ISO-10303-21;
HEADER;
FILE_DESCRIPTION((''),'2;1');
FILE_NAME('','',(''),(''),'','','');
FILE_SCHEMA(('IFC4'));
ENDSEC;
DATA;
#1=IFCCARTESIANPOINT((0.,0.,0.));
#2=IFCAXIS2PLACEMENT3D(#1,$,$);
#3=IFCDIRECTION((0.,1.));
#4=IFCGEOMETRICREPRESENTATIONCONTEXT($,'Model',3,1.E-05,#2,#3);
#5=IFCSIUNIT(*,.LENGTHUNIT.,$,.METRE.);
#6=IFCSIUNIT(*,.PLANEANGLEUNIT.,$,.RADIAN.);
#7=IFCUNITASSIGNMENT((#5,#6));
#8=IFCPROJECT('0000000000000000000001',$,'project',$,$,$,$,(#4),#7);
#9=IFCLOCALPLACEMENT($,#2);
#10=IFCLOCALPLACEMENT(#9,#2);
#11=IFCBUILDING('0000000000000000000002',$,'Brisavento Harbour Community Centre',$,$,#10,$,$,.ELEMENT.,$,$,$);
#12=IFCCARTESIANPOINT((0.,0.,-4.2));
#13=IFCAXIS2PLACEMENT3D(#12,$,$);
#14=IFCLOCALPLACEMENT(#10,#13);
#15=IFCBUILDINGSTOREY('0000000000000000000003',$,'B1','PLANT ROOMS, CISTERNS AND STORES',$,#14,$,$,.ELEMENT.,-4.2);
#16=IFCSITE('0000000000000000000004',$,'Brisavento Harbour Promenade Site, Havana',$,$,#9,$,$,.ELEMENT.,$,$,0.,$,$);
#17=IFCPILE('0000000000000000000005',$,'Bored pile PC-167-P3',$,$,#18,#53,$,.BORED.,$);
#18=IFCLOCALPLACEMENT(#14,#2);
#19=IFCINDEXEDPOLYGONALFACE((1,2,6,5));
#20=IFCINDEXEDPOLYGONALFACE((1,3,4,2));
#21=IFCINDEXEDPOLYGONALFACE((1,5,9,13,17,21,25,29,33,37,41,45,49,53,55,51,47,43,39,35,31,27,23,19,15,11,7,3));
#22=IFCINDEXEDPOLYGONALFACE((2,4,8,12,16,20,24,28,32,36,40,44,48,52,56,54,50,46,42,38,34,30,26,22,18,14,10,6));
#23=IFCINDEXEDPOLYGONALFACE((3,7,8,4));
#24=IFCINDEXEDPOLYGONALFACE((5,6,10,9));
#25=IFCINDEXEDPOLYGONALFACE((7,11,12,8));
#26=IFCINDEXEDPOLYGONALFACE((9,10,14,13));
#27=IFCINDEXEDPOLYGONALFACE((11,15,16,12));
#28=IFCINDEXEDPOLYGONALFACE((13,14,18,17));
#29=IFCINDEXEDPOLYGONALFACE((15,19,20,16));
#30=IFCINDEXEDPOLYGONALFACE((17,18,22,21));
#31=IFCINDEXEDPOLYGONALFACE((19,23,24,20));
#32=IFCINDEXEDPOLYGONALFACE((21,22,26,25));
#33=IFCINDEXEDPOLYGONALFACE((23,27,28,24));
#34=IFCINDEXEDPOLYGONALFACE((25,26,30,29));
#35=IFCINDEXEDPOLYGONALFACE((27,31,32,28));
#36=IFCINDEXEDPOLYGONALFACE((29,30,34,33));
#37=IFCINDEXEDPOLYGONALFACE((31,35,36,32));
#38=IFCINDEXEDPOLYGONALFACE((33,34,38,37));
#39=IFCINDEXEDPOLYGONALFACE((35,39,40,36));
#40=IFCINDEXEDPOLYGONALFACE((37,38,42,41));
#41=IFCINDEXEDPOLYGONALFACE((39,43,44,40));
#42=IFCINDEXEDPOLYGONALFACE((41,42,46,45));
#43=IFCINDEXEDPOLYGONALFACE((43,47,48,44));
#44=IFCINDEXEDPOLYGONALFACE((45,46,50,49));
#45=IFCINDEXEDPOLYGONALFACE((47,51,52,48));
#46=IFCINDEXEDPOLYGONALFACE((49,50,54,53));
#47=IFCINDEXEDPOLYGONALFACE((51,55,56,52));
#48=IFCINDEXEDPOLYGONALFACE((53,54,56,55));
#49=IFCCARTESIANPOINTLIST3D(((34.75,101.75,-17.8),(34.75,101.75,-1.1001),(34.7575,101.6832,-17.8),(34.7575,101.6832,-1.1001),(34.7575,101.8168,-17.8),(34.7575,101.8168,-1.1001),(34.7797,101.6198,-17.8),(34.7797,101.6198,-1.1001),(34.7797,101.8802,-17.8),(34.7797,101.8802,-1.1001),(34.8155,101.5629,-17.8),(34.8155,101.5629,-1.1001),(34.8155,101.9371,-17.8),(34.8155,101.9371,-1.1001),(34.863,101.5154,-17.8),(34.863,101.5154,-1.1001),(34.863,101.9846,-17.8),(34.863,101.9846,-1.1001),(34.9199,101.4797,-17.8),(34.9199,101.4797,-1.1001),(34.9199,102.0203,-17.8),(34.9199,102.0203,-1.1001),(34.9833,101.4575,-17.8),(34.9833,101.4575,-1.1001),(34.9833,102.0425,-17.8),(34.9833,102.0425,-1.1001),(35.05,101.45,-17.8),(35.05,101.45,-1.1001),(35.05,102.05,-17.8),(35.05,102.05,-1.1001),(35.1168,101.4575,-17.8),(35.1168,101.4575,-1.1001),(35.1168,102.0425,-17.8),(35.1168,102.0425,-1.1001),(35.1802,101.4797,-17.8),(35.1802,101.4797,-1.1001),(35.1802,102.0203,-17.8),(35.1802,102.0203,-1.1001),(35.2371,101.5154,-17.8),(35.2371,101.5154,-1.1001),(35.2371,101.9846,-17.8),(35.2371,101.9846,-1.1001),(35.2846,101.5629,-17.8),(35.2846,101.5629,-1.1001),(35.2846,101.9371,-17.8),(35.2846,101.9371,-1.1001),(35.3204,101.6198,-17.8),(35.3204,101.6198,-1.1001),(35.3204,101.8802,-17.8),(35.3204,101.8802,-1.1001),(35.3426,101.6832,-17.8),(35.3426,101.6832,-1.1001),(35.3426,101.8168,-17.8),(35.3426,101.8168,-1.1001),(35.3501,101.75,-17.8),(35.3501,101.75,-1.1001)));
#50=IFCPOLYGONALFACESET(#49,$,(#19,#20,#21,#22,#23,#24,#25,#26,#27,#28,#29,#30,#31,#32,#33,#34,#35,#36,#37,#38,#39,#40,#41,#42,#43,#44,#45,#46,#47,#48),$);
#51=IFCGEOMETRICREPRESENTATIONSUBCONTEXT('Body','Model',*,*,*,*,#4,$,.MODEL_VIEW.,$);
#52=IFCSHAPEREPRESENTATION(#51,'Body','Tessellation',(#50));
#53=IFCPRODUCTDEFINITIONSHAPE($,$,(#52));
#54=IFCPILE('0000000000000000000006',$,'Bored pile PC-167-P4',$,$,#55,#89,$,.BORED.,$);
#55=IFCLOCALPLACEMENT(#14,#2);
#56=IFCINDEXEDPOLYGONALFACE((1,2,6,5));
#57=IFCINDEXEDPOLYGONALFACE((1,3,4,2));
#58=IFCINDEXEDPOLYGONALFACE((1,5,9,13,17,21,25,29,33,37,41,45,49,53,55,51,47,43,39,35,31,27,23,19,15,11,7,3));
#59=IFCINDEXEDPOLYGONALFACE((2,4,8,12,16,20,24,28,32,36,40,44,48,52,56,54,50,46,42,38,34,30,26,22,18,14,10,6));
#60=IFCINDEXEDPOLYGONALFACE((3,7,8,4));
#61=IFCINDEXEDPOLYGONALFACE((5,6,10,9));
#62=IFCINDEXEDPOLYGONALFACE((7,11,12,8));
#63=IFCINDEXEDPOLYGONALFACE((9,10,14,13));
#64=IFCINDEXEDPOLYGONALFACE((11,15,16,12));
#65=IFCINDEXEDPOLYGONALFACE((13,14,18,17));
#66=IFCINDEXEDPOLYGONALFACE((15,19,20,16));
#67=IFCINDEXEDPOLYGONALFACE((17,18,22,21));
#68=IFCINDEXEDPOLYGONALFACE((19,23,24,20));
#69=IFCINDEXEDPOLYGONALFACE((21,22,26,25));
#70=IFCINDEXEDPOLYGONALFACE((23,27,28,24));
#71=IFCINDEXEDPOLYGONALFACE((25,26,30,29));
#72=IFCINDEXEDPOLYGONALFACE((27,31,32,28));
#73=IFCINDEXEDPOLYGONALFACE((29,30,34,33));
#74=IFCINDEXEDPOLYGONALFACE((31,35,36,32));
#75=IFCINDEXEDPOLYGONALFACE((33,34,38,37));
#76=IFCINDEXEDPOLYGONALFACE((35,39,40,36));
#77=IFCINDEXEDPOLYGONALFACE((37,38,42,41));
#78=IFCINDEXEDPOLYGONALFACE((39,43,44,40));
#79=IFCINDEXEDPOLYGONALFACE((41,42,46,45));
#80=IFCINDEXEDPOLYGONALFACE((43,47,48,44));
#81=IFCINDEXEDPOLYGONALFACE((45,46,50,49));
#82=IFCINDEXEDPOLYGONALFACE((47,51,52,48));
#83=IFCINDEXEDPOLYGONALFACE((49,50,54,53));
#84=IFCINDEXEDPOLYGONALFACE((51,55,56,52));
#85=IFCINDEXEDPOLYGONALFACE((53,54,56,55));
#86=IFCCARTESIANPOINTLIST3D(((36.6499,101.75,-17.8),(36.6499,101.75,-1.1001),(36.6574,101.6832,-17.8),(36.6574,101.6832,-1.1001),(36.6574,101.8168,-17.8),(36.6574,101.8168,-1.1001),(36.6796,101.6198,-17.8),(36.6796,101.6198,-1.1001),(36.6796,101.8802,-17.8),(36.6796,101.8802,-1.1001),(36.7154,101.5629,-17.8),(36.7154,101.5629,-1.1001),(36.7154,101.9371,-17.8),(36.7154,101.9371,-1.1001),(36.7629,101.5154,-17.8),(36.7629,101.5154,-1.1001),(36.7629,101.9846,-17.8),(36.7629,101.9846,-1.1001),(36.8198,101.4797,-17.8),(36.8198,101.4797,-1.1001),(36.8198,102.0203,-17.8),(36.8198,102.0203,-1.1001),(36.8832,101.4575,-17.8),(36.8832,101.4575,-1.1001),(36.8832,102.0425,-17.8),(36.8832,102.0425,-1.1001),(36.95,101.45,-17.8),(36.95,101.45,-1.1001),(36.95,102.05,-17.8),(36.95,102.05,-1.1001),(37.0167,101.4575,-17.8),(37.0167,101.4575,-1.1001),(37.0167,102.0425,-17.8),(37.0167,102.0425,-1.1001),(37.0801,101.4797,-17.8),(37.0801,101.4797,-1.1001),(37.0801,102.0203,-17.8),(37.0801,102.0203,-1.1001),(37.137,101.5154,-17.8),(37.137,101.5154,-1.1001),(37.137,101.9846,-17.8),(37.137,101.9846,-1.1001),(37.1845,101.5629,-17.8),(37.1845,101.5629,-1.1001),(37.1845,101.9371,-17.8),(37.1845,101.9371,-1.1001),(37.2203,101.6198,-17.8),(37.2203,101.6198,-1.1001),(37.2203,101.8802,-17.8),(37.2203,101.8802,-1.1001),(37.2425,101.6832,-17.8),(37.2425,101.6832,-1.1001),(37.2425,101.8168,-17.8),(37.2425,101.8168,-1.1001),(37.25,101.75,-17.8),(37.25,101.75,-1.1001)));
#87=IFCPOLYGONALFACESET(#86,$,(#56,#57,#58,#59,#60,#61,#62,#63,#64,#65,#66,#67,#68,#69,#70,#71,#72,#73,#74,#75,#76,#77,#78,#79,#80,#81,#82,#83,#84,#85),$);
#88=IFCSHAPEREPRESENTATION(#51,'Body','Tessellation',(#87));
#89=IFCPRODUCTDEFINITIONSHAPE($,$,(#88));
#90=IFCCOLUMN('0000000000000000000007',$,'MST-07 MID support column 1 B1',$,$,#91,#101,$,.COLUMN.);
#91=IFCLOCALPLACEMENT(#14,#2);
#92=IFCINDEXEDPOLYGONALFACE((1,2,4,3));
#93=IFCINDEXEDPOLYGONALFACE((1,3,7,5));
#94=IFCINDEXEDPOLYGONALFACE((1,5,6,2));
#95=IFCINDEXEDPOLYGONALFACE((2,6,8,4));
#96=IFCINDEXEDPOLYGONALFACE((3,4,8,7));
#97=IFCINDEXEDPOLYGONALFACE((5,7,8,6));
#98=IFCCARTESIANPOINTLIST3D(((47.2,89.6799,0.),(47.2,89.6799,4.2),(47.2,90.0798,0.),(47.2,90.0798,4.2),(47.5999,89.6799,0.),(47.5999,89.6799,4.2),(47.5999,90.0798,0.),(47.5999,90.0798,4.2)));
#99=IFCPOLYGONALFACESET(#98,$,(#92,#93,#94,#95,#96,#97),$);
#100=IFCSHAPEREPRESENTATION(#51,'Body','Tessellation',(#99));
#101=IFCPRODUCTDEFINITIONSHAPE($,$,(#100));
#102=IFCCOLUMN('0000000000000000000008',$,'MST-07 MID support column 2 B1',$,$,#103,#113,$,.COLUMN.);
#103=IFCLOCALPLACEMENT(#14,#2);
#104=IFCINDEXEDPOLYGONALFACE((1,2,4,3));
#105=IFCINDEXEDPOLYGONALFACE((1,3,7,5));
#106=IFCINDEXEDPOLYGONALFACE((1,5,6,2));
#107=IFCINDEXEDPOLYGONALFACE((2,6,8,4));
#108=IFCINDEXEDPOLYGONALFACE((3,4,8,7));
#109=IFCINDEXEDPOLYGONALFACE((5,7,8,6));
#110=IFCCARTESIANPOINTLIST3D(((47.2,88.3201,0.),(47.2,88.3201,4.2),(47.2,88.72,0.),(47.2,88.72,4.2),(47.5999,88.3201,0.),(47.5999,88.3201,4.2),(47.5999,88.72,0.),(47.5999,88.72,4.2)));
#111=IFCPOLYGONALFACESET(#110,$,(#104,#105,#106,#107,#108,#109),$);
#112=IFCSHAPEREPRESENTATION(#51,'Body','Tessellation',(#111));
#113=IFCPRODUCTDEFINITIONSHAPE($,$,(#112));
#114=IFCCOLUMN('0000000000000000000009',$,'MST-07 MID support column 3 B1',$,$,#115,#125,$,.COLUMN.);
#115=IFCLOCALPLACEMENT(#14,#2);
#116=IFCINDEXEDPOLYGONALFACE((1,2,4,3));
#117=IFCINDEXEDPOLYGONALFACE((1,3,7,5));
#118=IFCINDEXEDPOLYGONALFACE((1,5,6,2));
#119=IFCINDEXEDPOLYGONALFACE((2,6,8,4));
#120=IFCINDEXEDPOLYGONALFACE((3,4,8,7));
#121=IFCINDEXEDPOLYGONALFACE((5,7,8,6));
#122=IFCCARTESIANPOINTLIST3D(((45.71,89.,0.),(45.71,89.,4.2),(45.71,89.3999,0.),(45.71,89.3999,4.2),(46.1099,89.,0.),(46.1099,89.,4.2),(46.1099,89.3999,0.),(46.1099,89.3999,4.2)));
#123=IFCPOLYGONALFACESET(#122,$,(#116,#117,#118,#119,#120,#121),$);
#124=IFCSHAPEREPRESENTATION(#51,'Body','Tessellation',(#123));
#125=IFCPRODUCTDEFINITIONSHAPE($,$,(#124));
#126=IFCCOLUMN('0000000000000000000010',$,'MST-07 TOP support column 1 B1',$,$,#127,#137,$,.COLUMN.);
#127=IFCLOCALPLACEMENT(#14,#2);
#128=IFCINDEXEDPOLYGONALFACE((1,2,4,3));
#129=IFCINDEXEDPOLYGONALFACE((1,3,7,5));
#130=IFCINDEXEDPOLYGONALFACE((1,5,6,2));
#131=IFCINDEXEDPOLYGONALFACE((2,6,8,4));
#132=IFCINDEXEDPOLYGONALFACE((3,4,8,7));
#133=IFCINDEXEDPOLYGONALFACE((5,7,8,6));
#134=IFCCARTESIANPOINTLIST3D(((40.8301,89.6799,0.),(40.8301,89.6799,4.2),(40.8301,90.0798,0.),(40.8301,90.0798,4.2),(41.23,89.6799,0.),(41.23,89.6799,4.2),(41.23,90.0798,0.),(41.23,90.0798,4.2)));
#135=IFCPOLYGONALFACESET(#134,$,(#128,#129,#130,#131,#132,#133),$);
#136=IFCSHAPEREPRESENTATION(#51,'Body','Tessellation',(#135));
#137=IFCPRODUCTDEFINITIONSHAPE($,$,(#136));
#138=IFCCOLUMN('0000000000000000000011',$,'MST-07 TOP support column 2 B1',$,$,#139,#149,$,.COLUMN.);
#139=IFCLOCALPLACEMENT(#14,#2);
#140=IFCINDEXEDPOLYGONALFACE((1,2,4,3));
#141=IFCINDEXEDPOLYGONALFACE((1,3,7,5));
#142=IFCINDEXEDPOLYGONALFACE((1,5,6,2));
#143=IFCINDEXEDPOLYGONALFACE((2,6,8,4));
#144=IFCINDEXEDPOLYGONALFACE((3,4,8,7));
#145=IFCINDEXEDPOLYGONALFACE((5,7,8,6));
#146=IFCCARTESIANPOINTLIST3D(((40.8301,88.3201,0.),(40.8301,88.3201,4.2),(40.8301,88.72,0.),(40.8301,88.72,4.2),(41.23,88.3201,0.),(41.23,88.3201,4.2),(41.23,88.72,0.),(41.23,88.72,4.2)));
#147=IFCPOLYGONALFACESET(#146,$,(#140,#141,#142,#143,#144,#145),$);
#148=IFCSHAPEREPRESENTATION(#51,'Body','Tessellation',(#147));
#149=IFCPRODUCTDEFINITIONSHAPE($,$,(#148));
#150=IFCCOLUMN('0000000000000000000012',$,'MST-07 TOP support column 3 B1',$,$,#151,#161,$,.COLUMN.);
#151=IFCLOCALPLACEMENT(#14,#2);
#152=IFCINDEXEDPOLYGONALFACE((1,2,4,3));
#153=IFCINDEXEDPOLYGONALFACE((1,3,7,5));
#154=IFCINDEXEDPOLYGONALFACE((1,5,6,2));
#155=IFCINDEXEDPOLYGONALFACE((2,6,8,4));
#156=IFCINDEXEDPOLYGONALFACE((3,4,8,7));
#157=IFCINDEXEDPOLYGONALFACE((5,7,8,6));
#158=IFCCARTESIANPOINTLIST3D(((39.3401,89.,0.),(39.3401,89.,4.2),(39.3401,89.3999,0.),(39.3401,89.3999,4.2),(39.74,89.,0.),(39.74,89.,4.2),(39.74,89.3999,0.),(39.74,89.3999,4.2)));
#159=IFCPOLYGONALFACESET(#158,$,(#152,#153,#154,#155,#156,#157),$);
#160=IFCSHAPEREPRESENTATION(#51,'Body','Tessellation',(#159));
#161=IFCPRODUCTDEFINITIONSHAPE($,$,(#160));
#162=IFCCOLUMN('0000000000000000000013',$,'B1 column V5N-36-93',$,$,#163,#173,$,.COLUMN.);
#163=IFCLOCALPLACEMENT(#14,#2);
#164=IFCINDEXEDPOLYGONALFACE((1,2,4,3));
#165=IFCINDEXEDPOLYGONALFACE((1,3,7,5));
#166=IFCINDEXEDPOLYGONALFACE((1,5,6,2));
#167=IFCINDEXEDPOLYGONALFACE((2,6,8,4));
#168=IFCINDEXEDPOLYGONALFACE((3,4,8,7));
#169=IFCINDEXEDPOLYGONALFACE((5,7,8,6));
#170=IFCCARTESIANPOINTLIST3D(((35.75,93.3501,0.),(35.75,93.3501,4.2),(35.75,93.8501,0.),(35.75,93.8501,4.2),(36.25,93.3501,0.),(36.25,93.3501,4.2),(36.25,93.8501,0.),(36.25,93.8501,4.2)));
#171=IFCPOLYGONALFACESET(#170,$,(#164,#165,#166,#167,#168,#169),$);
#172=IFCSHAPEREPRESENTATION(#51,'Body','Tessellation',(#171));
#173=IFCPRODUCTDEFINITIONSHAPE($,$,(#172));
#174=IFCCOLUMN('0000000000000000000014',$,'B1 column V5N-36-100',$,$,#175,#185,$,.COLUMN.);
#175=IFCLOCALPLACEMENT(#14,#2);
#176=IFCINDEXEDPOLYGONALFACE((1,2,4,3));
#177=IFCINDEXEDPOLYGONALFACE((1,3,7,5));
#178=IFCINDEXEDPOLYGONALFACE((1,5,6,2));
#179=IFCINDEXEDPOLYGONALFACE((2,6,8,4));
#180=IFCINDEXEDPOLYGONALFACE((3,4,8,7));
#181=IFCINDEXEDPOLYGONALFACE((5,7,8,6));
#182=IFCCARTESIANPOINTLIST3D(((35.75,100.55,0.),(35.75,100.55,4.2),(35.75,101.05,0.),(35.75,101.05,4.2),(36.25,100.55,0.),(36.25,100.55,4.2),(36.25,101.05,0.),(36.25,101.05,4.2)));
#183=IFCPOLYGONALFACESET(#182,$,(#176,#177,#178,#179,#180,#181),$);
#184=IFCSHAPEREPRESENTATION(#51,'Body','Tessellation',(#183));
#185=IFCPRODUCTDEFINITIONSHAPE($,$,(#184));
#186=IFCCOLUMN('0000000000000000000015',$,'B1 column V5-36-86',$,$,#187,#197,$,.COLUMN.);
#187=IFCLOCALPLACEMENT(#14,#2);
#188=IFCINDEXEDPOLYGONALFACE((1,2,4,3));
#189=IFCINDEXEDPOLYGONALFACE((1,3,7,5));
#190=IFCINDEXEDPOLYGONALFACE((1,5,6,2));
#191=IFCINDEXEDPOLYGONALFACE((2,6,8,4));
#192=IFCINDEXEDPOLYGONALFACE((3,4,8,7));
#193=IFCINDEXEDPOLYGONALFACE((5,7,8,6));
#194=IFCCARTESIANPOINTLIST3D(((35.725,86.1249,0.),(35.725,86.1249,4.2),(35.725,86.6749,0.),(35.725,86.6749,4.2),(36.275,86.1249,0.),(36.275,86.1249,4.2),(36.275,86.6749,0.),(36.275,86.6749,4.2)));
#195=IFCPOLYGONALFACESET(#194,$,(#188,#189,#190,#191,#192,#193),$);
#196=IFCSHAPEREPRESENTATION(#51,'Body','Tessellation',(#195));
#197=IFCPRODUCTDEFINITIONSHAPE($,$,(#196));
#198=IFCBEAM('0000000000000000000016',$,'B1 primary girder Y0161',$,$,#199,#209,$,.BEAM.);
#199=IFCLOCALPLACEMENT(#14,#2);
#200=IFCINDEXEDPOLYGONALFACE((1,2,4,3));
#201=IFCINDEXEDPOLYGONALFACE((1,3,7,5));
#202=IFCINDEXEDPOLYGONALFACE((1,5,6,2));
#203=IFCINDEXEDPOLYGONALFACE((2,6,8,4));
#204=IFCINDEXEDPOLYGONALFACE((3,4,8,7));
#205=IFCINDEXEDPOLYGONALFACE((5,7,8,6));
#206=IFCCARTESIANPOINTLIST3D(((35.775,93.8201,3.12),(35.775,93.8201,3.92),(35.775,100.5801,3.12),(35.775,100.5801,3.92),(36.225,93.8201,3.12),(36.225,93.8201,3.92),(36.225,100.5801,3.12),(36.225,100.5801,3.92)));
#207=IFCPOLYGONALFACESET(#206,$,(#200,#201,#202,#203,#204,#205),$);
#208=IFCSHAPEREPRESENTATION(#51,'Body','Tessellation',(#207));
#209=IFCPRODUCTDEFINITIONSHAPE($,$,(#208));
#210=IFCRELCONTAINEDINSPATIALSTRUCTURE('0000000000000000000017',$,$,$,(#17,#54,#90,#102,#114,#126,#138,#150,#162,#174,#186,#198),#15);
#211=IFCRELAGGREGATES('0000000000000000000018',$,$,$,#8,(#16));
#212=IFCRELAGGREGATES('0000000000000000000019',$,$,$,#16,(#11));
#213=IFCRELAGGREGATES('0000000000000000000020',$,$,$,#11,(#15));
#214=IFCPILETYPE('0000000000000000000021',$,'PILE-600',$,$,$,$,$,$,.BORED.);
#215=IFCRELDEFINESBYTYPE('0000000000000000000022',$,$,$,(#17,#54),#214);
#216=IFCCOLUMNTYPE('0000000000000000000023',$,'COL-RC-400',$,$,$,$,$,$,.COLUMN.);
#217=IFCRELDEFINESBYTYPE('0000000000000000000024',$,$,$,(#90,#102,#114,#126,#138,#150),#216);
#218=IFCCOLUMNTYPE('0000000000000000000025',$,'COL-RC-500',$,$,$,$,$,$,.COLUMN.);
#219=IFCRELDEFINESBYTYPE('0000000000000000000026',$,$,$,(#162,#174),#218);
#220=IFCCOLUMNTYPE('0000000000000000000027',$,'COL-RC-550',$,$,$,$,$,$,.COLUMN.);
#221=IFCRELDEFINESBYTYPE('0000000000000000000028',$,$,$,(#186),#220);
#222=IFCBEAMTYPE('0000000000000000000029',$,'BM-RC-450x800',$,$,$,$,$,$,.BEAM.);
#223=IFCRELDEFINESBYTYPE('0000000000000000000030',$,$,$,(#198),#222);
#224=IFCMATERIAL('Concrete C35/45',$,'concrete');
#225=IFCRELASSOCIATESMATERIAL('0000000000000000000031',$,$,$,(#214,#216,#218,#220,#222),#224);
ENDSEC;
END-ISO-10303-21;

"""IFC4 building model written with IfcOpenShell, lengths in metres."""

from ifc_helpers import new_model, si_unit, direction, frame, origin, origin_2d, place, context, subcontext, project, spatial, rectangle, circle, extrude, material, material_profile, profile_set, type_object, element, save


model = new_model("IFC4")

# Units and contexts
model_context = context("Model", 3, precision=1e-05, world=origin(), true_north=direction((0.0, 1.0)))
body_context = subcontext(model_context, "Body", "Model", "MODEL_VIEW")
ifc_project = project(units=[si_unit("LENGTHUNIT", "METRE"), si_unit("PLANEANGLEUNIT", "RADIAN")], contexts=[model_context])

# Site, building, storey
site_placement = place(None, origin())
site = spatial("IfcSite", under=ifc_project, at=site_placement, Name="Brisavento Harbour Promenade Site, Havana", CompositionType="ELEMENT", RefElevation=0.0)
building_placement = place(site_placement, origin())
building = spatial("IfcBuilding", under=site, at=building_placement, Name="Brisavento Harbour Community Centre", CompositionType="ELEMENT")
storey_placement = place(building_placement, frame((0.0, 0.0, -4.2)))
storey = spatial("IfcBuildingStorey", under=building, at=storey_placement, Name="B1", Description="PLANT ROOMS, CISTERNS AND STORES", CompositionType="ELEMENT", Elevation=-4.2)

# Shared definitions
ifc_material = material(Name="Concrete C35/45", Category="concrete")

# Piles
ifc_material_profile_1 = material_profile(ifc_material, circle(Radius=0.3, at=origin_2d()), Name="Concrete C35/45")
ifc_profile_set_1 = profile_set([ifc_material_profile_1], Name="Concrete C35/45")
pile_type = type_object("IfcPileType", Name="PILE-600", PredefinedType="BORED", material=ifc_profile_set_1)
for number, where, z_axis, x_axis, name in (
    (1, (35.05, 101.75, -1.1001), (0.0, 0.0, -1.0), (1.0, 0.0, 0.0), "Bored pile PC-167-P3"),
    (2, (36.95, 101.75, -1.1001), (0.0, 0.0, -1.0), (1.0, 0.0, 0.0), "Bored pile PC-167-P4"),
):
    element("IfcPile", number, at=place(storey_placement, frame(where, z_axis=z_axis, x_axis=x_axis)), inside=storey, type_object=pile_type, Name=name, PredefinedType="BORED", context=body_context, shape_type="SweptSolid", body=[
        extrude(circle(Radius=0.3, at=origin_2d()), origin(), (0.0, 0.0, 1.0), 16.7),
    ])

# Columns
ifc_material_profile_2 = material_profile(ifc_material, rectangle(XDim=0.3999, YDim=0.3999, at=origin_2d()), Name="Concrete C35/45")
ifc_profile_set_2 = profile_set([ifc_material_profile_2], Name="Concrete C35/45")
column_type_1 = type_object("IfcColumnType", Name="COL-RC-400", PredefinedType="COLUMN", material=ifc_profile_set_2)
for number, where, z_axis, x_axis, name in (
    (3, (47.3999, 89.8799, 0.0), (0.0, 0.0, 1.0), (1.0, 0.0, 0.0), "MST-07 MID support column 1 B1"),
    (4, (47.3999, 88.52, 0.0), (0.0, 0.0, 1.0), (1.0, 0.0, 0.0), "MST-07 MID support column 2 B1"),
    (5, (45.9099, 89.2, 0.0), (0.0, 0.0, 1.0), (1.0, 0.0, 0.0), "MST-07 MID support column 3 B1"),
    (6, (41.03, 89.8799, 0.0), (0.0, 0.0, 1.0), (1.0, 0.0, 0.0), "MST-07 TOP support column 1 B1"),
    (7, (41.03, 88.52, 0.0), (0.0, 0.0, 1.0), (1.0, 0.0, 0.0), "MST-07 TOP support column 2 B1"),
    (8, (39.54, 89.2, 0.0), (0.0, 0.0, 1.0), (1.0, 0.0, 0.0), "MST-07 TOP support column 3 B1"),
):
    element("IfcColumn", number, at=place(storey_placement, frame(where, z_axis=z_axis, x_axis=x_axis)), inside=storey, type_object=column_type_1, Name=name, PredefinedType="COLUMN", context=body_context, shape_type="SweptSolid", body=[
        extrude(rectangle(XDim=0.3999, YDim=0.3999, at=origin_2d()), origin(), (0.0, 0.0, 1.0), 4.2),
    ])
ifc_material_profile_3 = material_profile(ifc_material, rectangle(XDim=0.5, YDim=0.5, at=origin_2d()), Name="Concrete C35/45")
ifc_profile_set_3 = profile_set([ifc_material_profile_3], Name="Concrete C35/45")
column_type_2 = type_object("IfcColumnType", Name="COL-RC-500", PredefinedType="COLUMN", material=ifc_profile_set_3)
for number, where, z_axis, x_axis, name in (
    (9, (36.0, 93.6001, 0.0), (0.0, 0.0, 1.0), (1.0, 0.0, 0.0), "B1 column V5N-36-93"),
    (10, (36.0, 100.8, 0.0), (0.0, 0.0, 1.0), (1.0, 0.0, 0.0), "B1 column V5N-36-100"),
):
    element("IfcColumn", number, at=place(storey_placement, frame(where, z_axis=z_axis, x_axis=x_axis)), inside=storey, type_object=column_type_2, Name=name, PredefinedType="COLUMN", context=body_context, shape_type="SweptSolid", body=[
        extrude(rectangle(XDim=0.5, YDim=0.5, at=origin_2d()), origin(), (0.0, 0.0, 1.0), 4.2),
    ])
ifc_material_profile_4 = material_profile(ifc_material, rectangle(XDim=0.55, YDim=0.55, at=origin_2d()), Name="Concrete C35/45")
ifc_profile_set_4 = profile_set([ifc_material_profile_4], Name="Concrete C35/45")
column_type_3 = type_object("IfcColumnType", Name="COL-RC-550", PredefinedType="COLUMN", material=ifc_profile_set_4)
column_placement = place(storey_placement, frame((36.0, 86.3999, 0.0), z_axis=(0.0, 0.0, 1.0), x_axis=(1.0, 0.0, 0.0)))
element("IfcColumn", 11, at=column_placement, inside=storey, type_object=column_type_3, Name="B1 column V5-36-86", PredefinedType="COLUMN", context=body_context, shape_type="SweptSolid", body=[
    extrude(rectangle(XDim=0.55, YDim=0.55, at=origin_2d()), origin(), (0.0, 0.0, 1.0), 4.2),
])

# Beam
ifc_material_profile_5 = material_profile(ifc_material, rectangle(XDim=0.45, YDim=0.8, at=origin_2d()), Name="Concrete C35/45")
ifc_profile_set_5 = profile_set([ifc_material_profile_5], Name="Concrete C35/45")
beam_type_1 = type_object("IfcBeamType", Name="BM-RC-450x800", PredefinedType="BEAM", material=ifc_profile_set_5)
beam_1_placement = place(storey_placement, frame((36.0, 93.8201, 3.52), z_axis=(0.0, 1.0, 0.0), x_axis=(-1.0, 0.0, 0.0)))
element("IfcBeam", 12, at=beam_1_placement, inside=storey, type_object=beam_type_1, Name="B1 primary girder Y0161", PredefinedType="BEAM", context=body_context, shape_type="SweptSolid", body=[
    extrude(rectangle(XDim=0.45, YDim=0.8, at=origin_2d()), origin(), (0.0, 0.0, 1.0), 6.76),
])

save(model, "model.ifc")
